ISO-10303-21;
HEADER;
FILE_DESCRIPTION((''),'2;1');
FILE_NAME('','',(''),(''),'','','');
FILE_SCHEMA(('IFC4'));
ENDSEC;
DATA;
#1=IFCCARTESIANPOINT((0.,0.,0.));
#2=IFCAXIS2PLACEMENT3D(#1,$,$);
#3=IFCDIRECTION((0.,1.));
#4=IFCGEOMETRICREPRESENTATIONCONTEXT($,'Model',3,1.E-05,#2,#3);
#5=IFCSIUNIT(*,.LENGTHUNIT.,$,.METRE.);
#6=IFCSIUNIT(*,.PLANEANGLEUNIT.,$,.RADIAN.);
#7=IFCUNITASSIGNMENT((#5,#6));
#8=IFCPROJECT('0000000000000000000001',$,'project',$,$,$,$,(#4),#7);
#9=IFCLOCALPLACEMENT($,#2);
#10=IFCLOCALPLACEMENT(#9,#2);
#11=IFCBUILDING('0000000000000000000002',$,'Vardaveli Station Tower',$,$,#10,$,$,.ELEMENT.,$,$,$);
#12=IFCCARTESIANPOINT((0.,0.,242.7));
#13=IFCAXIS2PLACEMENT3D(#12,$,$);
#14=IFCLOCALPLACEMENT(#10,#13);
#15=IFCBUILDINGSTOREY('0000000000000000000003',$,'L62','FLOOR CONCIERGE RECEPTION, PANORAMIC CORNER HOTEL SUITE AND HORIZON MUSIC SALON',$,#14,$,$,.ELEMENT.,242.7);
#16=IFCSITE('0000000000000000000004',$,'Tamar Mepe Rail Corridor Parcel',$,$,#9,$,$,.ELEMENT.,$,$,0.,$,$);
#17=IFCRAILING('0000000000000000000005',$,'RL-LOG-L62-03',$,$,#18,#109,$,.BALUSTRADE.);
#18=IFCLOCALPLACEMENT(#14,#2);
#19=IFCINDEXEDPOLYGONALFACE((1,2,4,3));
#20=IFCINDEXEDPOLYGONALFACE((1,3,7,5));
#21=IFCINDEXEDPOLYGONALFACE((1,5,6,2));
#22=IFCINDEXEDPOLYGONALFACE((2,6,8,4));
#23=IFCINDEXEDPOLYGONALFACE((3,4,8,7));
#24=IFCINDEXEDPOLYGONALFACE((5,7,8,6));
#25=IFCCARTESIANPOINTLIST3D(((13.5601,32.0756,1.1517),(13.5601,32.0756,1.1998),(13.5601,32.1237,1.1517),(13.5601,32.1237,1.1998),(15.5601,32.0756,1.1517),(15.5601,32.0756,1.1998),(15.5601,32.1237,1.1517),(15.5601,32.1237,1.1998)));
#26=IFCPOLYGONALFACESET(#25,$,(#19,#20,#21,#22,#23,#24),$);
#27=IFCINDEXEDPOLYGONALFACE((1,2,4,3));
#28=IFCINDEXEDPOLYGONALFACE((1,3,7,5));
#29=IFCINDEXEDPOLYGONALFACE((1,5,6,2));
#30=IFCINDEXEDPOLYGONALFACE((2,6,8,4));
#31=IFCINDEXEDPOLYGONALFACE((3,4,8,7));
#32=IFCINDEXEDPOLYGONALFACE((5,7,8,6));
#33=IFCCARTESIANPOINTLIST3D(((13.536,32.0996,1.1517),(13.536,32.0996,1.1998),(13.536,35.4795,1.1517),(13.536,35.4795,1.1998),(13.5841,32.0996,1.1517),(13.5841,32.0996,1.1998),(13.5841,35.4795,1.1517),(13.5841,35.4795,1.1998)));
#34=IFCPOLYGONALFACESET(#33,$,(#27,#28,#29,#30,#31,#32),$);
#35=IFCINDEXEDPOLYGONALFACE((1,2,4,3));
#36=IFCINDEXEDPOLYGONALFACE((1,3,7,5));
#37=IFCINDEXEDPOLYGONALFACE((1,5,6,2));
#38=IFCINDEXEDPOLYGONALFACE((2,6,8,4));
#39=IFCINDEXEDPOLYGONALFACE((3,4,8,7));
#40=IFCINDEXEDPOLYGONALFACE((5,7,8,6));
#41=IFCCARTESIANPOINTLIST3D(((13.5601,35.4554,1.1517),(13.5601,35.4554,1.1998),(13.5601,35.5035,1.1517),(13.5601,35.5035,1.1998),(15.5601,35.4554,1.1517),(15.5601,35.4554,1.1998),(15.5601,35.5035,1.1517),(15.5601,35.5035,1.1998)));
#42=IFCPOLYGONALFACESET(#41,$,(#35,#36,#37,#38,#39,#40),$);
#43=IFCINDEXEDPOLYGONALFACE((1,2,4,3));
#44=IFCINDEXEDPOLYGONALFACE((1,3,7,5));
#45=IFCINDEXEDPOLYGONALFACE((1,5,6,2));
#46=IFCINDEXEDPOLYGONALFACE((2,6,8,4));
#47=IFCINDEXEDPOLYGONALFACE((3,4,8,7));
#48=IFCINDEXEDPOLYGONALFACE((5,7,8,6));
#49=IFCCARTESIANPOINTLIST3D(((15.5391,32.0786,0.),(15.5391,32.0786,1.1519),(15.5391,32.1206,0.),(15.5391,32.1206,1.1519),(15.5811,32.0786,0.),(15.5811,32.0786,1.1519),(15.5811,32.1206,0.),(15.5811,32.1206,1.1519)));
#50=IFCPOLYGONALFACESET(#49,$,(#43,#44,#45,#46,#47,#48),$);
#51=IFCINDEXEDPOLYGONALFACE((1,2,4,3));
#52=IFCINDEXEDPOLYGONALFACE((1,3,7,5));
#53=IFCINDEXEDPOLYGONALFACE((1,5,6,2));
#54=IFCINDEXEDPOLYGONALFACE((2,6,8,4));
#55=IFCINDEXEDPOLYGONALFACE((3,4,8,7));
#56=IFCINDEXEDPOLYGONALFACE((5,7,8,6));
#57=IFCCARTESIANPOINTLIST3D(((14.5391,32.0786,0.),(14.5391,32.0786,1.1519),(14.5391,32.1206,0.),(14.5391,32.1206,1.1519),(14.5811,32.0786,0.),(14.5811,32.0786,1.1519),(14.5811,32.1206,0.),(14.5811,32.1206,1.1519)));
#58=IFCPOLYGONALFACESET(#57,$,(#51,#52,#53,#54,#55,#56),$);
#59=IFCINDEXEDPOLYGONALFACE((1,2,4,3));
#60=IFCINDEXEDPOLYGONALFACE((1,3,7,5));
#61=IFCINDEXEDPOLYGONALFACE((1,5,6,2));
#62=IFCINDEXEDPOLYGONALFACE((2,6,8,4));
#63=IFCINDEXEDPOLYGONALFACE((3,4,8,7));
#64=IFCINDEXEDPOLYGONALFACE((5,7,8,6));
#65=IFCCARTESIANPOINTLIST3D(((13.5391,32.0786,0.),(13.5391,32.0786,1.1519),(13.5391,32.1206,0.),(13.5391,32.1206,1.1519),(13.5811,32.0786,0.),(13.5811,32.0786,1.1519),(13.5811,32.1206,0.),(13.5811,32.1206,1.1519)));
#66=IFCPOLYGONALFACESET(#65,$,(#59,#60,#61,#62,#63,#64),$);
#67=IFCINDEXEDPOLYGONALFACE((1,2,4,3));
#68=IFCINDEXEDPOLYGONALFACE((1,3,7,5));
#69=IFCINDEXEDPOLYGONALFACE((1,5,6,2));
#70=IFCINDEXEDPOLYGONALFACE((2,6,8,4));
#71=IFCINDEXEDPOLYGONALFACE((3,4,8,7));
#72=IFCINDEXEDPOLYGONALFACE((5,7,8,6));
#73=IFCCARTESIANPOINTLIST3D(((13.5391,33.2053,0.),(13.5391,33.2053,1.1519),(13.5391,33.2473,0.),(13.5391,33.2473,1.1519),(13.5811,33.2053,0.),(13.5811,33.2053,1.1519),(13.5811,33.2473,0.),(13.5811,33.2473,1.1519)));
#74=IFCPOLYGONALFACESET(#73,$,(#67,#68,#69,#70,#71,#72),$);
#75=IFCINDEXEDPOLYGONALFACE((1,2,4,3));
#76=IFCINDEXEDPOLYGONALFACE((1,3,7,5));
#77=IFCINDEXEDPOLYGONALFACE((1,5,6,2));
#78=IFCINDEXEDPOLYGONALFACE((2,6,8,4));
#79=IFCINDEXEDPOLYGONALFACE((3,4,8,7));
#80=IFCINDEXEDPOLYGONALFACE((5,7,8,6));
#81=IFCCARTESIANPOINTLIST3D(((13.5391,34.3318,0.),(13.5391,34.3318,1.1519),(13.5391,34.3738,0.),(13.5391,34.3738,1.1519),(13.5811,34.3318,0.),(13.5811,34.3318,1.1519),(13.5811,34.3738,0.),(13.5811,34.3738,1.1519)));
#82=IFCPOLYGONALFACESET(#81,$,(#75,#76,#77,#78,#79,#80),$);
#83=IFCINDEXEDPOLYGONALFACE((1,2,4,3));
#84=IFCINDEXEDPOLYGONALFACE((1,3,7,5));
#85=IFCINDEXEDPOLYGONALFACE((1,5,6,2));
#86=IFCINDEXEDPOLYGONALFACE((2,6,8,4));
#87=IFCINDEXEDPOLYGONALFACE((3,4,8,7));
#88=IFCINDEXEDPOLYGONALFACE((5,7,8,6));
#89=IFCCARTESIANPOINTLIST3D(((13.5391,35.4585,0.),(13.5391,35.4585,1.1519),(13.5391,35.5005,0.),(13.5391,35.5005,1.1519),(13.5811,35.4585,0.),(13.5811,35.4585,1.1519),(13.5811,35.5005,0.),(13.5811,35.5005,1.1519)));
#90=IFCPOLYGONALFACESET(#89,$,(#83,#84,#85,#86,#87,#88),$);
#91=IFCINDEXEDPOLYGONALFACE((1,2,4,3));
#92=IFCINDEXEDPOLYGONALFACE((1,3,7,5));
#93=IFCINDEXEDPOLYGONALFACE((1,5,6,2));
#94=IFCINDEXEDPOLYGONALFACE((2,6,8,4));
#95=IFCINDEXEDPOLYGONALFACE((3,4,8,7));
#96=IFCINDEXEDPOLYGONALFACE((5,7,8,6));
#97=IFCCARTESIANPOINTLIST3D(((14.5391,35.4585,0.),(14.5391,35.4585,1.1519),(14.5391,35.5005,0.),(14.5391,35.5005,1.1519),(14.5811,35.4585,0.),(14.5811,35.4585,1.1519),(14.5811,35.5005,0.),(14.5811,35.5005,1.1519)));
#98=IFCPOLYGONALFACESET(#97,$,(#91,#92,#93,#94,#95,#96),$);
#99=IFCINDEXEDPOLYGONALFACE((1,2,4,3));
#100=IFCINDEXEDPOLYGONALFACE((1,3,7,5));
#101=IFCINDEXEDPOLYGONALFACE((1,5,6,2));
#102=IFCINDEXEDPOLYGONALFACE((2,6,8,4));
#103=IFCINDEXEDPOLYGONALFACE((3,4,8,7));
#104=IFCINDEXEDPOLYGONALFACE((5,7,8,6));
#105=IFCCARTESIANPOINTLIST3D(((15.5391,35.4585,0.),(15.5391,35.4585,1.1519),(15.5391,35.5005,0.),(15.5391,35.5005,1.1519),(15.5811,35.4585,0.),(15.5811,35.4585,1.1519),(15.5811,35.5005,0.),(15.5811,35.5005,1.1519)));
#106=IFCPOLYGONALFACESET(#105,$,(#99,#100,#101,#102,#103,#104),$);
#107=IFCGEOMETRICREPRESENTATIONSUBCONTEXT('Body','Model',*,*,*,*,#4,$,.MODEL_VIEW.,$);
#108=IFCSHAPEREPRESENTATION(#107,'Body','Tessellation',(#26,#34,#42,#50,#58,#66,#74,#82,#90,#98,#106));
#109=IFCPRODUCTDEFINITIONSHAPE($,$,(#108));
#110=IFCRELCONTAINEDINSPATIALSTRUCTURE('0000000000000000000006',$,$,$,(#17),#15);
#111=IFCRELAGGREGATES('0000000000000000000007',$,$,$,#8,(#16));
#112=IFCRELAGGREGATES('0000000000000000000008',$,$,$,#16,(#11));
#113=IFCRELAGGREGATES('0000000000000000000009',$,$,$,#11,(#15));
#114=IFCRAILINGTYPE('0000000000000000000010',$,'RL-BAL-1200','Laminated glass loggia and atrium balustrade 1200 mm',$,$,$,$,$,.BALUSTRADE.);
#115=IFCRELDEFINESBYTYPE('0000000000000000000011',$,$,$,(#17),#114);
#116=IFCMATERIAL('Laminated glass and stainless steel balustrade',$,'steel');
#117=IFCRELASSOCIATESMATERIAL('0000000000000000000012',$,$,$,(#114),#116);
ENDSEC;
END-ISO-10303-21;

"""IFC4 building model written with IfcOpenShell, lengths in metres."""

from ifc_helpers import new_model, si_unit, direction, frame, origin, origin_2d, place, context, subcontext, project, spatial, rectangle, extrude, source, transform, mapped, material, type_object, element, save


model = new_model("IFC4")

# Units and contexts
model_context = context("Model", 3, precision=1e-05, world=origin(), true_north=direction((0.0, 1.0)))
body_context = subcontext(model_context, "Body", "Model", "MODEL_VIEW")
ifc_project = project(units=[si_unit("LENGTHUNIT", "METRE"), si_unit("PLANEANGLEUNIT", "RADIAN")], contexts=[model_context])

# Site, building, storey
site_placement = place(None, origin())
site = spatial("IfcSite", under=ifc_project, at=site_placement, Name="Tamar Mepe Rail Corridor Parcel", CompositionType="ELEMENT", RefElevation=0.0)
building_placement = place(site_placement, origin())
building = spatial("IfcBuilding", under=site, at=building_placement, Name="Vardaveli Station Tower", CompositionType="ELEMENT")
storey_placement = place(building_placement, frame((0.0, 0.0, 242.7)))
storey = spatial("IfcBuildingStorey", under=building, at=storey_placement, Name="L62", Description="FLOOR CONCIERGE RECEPTION, PANORAMIC CORNER HOTEL SUITE AND HORIZON MUSIC SALON", CompositionType="ELEMENT", Elevation=242.7)

# Railing
ifc_material_1 = material(Name="Laminated glass and stainless steel balustrade", Category="steel")
railing_type = type_object("IfcRailingType", Name="RL-BAL-1200", Description="Laminated glass loggia and atrium balustrade 1200 mm", PredefinedType="BALUSTRADE", material=ifc_material_1)
shared_shape_1 = source(origin(), body_context, "Body", "SweptSolid", [
    extrude(rectangle(XDim=0.0481, YDim=0.0481, at=origin_2d()), frame((0.0, 0.0, 1.1758), z_axis=(-1.0, 0.0, 0.0), x_axis=(0.0, -1.0, 0.0)), (0.0, 0.0, 1.0), 2.0),
    extrude(rectangle(XDim=0.0481, YDim=0.0481, at=origin_2d()), frame((-2.0, 0.0, 1.1758), z_axis=(0.0, 1.0, 0.0), x_axis=(-1.0, 0.0, 0.0)), (0.0, 0.0, 1.0), 3.3799),
    extrude(rectangle(XDim=0.0481, YDim=0.0481, at=origin_2d()), frame((-2.0, 3.3799, 1.1758), z_axis=(1.0, 0.0, 0.0), x_axis=(0.0, 1.0, 0.0)), (0.0, 0.0, 1.0), 2.0),
    extrude(rectangle(XDim=0.042, YDim=0.042, at=origin_2d()), origin(), (0.0, 0.0, 1.0), 1.1519),
    extrude(rectangle(XDim=0.042, YDim=0.042, at=origin_2d()), frame((-1.0, 0.0, 0.0)), (0.0, 0.0, 1.0), 1.1519),
    extrude(rectangle(XDim=0.042, YDim=0.042, at=origin_2d()), frame((-2.0, 0.0, 0.0)), (0.0, 0.0, 1.0), 1.1519),
    extrude(rectangle(XDim=0.042, YDim=0.042, at=origin_2d()), frame((-2.0, 1.1267, 0.0)), (0.0, 0.0, 1.0), 1.1519),
    extrude(rectangle(XDim=0.042, YDim=0.042, at=origin_2d()), frame((-2.0, 2.2532, 0.0)), (0.0, 0.0, 1.0), 1.1519),
    extrude(rectangle(XDim=0.042, YDim=0.042, at=origin_2d()), frame((-2.0, 3.3799, 0.0)), (0.0, 0.0, 1.0), 1.1519),
    extrude(rectangle(XDim=0.042, YDim=0.042, at=origin_2d()), frame((-1.0, 3.3799, 0.0)), (0.0, 0.0, 1.0), 1.1519),
    extrude(rectangle(XDim=0.042, YDim=0.042, at=origin_2d()), frame((0.0, 3.3799, 0.0)), (0.0, 0.0, 1.0), 1.1519),
])
railing_1_placement = place(storey_placement, frame((15.5601, 32.0996, 0.0)))
element("IfcRailing", 1, at=railing_1_placement, inside=storey, type_object=railing_type, Name="RL-LOG-L62-03", PredefinedType="BALUSTRADE", context=body_context, shape_type="MappedRepresentation", body=[
    mapped(shared_shape_1, transform((0.0, 0.0, 0.0), scale=1.0)),
])

save(model, "model.ifc")
